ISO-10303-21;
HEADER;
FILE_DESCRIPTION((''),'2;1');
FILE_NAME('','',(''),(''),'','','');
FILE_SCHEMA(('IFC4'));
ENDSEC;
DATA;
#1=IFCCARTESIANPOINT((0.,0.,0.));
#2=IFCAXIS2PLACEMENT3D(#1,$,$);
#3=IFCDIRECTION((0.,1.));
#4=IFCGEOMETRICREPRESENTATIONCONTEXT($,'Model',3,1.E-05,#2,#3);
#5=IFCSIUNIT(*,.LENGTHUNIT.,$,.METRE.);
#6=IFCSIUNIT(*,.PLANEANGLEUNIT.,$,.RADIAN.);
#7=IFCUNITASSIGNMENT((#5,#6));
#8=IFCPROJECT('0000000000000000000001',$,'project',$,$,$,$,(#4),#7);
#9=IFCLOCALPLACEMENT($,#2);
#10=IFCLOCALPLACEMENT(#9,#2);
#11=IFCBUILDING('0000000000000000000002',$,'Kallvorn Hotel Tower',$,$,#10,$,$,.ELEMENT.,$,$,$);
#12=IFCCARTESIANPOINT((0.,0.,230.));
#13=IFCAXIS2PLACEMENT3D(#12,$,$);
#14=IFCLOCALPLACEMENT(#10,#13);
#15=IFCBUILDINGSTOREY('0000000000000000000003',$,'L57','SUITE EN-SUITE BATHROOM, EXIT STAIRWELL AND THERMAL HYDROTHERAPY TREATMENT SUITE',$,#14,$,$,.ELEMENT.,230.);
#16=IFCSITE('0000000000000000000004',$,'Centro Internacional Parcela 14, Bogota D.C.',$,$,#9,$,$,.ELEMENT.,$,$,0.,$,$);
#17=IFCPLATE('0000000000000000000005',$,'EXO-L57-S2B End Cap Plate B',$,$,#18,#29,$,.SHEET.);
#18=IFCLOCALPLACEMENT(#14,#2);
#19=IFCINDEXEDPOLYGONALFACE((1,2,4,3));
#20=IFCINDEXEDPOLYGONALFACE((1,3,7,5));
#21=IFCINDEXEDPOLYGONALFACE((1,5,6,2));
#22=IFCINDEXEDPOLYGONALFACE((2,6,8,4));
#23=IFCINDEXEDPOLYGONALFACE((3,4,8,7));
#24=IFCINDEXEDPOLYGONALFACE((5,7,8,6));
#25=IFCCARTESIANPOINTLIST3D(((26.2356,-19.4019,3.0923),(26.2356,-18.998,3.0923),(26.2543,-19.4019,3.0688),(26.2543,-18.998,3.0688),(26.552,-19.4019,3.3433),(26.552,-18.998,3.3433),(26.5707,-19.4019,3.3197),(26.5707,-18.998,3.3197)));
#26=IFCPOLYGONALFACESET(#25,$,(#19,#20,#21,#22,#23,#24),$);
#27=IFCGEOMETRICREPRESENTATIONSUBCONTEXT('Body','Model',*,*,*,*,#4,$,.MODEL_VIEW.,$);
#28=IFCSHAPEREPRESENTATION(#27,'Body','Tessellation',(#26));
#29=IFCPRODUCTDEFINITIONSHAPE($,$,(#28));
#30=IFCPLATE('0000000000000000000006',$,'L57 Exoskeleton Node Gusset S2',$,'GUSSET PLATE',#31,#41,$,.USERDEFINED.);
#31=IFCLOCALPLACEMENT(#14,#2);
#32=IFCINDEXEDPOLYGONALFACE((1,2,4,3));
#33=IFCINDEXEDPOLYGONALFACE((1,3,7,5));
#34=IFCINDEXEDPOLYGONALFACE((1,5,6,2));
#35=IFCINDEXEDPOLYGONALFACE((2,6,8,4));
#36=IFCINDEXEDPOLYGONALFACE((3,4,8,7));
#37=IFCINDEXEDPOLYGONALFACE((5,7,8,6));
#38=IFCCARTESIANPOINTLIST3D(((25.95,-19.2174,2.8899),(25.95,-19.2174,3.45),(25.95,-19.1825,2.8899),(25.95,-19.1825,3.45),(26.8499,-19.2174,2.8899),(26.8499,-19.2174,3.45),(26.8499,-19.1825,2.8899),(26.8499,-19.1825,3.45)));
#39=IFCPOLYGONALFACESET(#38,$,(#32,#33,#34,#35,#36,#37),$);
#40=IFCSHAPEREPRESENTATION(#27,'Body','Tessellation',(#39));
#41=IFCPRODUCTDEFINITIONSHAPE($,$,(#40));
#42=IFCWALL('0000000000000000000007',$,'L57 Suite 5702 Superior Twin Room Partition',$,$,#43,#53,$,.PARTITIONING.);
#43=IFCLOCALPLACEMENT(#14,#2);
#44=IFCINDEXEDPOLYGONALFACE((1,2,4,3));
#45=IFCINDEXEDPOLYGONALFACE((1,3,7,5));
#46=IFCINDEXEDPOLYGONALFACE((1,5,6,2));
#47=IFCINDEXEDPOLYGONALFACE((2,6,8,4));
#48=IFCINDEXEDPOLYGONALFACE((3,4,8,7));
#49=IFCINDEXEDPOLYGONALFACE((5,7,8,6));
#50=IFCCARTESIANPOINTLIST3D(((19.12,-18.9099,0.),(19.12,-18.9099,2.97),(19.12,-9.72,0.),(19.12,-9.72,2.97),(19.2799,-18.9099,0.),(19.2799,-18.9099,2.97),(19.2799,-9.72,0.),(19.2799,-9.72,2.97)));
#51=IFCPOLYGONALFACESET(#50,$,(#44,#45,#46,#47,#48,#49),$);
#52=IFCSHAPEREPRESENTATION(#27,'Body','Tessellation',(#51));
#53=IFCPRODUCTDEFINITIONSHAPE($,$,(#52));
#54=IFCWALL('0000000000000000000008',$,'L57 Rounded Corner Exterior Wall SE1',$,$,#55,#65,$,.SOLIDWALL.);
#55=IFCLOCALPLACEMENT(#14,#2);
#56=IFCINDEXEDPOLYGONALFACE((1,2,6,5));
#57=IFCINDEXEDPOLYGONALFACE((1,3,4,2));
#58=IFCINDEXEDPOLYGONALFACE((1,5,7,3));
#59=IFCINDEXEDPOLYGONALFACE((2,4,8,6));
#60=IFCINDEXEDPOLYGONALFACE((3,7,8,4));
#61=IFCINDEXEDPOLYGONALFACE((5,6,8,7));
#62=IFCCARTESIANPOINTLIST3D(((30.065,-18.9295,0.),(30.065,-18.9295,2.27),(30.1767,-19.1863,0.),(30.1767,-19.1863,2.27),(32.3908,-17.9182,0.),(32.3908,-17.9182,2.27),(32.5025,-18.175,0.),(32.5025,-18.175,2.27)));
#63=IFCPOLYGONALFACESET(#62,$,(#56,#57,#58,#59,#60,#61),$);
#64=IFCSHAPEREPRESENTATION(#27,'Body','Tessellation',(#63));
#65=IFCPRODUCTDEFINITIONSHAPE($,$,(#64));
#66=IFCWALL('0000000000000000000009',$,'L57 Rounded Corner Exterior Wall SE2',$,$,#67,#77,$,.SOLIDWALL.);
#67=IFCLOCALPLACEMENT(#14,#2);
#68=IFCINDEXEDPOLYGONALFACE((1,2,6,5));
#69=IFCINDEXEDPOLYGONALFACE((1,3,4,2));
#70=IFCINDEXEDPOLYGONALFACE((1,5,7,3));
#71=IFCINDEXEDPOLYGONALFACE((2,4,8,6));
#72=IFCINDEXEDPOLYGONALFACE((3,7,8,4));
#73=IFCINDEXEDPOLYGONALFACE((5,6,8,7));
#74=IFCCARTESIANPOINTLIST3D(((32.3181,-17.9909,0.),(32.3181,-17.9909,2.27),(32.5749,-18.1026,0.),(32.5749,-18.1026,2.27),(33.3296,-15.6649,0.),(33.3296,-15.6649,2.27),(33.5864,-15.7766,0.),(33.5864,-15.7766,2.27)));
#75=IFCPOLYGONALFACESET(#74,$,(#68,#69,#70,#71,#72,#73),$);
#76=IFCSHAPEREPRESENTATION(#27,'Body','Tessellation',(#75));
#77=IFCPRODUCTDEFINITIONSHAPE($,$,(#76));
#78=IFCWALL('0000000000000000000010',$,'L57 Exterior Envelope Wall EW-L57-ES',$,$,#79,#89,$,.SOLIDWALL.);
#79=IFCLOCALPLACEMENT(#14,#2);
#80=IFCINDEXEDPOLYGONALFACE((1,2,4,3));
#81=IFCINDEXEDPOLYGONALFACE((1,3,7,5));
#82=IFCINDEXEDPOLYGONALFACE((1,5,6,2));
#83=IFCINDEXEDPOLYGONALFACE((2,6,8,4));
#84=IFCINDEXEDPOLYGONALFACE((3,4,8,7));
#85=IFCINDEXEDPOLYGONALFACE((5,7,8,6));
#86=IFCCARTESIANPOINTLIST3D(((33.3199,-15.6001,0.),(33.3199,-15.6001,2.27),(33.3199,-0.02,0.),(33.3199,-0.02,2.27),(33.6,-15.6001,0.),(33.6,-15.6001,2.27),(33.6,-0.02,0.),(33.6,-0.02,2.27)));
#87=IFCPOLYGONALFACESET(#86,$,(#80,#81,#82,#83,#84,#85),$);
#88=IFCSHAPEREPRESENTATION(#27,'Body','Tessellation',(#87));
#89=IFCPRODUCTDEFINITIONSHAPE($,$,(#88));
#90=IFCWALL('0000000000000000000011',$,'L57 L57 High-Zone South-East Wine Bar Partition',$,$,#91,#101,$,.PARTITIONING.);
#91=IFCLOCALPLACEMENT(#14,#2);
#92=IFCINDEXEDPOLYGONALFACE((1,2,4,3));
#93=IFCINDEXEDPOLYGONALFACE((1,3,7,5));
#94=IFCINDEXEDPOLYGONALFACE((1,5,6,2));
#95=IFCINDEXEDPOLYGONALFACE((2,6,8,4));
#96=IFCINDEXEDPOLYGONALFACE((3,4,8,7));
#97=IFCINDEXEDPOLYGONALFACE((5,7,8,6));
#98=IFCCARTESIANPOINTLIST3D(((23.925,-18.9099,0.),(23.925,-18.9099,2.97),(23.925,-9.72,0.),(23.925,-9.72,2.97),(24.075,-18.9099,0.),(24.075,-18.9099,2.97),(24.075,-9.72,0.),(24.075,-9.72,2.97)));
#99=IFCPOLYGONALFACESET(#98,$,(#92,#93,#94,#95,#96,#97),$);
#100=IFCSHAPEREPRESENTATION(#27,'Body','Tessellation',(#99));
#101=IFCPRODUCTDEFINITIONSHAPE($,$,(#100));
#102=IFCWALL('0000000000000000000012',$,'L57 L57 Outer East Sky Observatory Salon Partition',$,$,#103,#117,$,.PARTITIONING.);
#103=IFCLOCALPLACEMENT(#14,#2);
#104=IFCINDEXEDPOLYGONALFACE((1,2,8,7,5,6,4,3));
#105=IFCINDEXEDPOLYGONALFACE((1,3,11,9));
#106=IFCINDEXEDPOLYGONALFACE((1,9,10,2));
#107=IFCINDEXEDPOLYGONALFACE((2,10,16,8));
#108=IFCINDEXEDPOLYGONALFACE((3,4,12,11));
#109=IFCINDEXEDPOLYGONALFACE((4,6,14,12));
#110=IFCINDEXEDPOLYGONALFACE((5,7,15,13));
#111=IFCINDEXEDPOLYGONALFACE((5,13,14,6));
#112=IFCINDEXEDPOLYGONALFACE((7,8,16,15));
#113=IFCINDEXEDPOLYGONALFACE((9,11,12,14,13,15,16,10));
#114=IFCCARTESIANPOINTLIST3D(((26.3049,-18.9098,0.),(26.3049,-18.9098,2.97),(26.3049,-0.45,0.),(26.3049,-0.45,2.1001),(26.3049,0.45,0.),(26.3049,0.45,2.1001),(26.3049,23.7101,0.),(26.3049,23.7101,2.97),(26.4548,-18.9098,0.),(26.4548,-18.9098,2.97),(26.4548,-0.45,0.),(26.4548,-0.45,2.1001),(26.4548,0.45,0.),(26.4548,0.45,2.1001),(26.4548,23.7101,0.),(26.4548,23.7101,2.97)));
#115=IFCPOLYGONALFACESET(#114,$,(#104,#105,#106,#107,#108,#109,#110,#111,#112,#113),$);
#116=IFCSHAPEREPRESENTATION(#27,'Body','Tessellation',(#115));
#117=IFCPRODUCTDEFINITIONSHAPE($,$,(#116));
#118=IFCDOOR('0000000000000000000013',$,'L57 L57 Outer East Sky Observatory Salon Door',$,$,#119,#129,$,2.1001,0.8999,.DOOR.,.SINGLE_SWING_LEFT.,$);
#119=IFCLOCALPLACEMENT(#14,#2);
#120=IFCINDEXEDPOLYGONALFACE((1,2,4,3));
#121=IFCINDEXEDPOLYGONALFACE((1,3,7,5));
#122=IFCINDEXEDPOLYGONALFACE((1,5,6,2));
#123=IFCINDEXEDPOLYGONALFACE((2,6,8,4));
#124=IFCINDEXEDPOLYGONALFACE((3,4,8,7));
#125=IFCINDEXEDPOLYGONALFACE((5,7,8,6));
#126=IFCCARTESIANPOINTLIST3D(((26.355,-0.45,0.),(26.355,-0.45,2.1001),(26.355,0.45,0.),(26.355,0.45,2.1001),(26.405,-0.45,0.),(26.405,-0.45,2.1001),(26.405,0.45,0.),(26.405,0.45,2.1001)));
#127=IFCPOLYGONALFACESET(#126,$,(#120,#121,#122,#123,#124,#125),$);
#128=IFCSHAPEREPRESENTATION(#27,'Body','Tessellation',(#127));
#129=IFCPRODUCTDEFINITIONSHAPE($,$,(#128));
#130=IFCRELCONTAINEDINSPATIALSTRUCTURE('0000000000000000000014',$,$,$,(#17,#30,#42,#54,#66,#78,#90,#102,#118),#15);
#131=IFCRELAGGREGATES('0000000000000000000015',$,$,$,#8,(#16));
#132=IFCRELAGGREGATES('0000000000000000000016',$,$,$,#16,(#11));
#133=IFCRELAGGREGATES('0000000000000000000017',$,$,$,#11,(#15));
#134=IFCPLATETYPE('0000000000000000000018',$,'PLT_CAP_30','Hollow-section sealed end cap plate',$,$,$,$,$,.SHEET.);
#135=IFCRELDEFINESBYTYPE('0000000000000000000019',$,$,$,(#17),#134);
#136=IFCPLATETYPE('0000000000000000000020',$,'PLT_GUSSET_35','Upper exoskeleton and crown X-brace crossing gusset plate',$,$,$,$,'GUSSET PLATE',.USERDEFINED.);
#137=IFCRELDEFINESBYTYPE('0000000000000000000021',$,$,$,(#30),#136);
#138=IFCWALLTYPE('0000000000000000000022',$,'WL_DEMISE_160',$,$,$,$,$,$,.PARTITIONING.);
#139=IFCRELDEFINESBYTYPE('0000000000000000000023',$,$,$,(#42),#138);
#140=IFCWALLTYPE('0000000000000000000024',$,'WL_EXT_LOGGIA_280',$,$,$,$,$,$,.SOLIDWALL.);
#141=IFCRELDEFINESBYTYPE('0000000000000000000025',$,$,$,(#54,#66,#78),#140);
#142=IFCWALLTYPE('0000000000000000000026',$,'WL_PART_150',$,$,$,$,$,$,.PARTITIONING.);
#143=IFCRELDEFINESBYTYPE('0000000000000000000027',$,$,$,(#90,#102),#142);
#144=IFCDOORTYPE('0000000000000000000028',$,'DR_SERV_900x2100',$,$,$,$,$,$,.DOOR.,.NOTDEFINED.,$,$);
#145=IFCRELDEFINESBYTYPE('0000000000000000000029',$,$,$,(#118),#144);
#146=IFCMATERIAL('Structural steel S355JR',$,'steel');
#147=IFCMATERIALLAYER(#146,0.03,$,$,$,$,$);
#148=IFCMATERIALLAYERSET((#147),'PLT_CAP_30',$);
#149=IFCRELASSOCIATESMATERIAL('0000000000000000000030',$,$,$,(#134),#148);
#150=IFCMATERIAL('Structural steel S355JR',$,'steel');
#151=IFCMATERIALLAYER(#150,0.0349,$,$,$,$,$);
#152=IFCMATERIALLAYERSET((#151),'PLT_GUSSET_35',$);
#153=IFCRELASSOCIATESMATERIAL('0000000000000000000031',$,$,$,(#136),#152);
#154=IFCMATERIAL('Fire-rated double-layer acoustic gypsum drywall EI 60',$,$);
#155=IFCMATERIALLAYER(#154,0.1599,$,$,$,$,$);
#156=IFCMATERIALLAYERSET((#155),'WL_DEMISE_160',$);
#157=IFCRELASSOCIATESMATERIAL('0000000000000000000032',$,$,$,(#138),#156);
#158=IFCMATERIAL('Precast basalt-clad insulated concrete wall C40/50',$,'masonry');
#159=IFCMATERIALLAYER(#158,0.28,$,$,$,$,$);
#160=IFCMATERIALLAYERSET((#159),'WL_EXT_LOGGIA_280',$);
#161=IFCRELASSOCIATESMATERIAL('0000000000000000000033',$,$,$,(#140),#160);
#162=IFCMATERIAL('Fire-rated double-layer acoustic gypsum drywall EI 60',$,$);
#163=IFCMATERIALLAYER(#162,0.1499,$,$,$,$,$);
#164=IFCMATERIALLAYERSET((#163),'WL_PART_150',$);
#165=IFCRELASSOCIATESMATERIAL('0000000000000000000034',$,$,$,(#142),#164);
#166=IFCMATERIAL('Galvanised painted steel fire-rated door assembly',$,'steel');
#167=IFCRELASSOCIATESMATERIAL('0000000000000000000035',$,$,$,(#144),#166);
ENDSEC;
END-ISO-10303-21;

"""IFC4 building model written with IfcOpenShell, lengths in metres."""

from ifc_helpers import new_model, si_unit, direction, frame, frame_2d, origin, origin_2d, place, context, subcontext, project, spatial, polyline, rectangle, outline, extrude, material, layer, layer_set, type_object, element, fill, save


model = new_model("IFC4")

# Units and contexts
model_context = context("Model", 3, precision=1e-05, world=origin(), true_north=direction((0.0, 1.0)))
body_context = subcontext(model_context, "Body", "Model", "MODEL_VIEW")
ifc_project = project(units=[si_unit("LENGTHUNIT", "METRE"), si_unit("PLANEANGLEUNIT", "RADIAN")], contexts=[model_context])

# Site, building, storey
site_placement = place(None, origin())
site = spatial("IfcSite", under=ifc_project, at=site_placement, Name="Centro Internacional Parcela 14, Bogota D.C.", CompositionType="ELEMENT", RefElevation=0.0)
building_placement = place(site_placement, origin())
building = spatial("IfcBuilding", under=site, at=building_placement, Name="Kallvorn Hotel Tower", CompositionType="ELEMENT")
storey_placement = place(building_placement, frame((0.0, 0.0, 230.0)))
storey = spatial("IfcBuildingStorey", under=building, at=storey_placement, Name="L57", Description="SUITE EN-SUITE BATHROOM, EXIT STAIRWELL AND THERMAL HYDROTHERAPY TREATMENT SUITE", CompositionType="ELEMENT", Elevation=230.0)

# Plates
ifc_material_1 = material(Name="Structural steel S355JR", Category="steel")
ifc_layer_1 = layer(ifc_material_1, 0.03)
ifc_layer_set_1 = layer_set([ifc_layer_1], Name="PLT_CAP_30")
plate_type_1 = type_object("IfcPlateType", Name="PLT_CAP_30", Description="Hollow-section sealed end cap plate", PredefinedType="SHEET", material=ifc_layer_set_1)
plate_1_placement = place(storey_placement, frame((26.2356, -18.998, 3.0923), z_axis=(-0.621446, 0.0, 0.783457), x_axis=(0.0, -1.0, 0.0)))
element("IfcPlate", 1, at=plate_1_placement, inside=storey, type_object=plate_type_1, Name="EXO-L57-S2B End Cap Plate B", PredefinedType="SHEET", context=body_context, shape_type="SweptSolid", body=[
    extrude(outline(polyline([(0.0, 0.0), (0.4038, 0.0), (0.4038, 0.4039), (0.0, 0.4039), (0.0, 0.0)])), origin(), (0.0, 0.0, -1.0), 0.03),
])
ifc_material_2 = material(Name="Structural steel S355JR", Category="steel")
ifc_layer_2 = layer(ifc_material_2, 0.0349)
ifc_layer_set_2 = layer_set([ifc_layer_2], Name="PLT_GUSSET_35")
plate_type_2 = type_object("IfcPlateType", Name="PLT_GUSSET_35", Description="Upper exoskeleton and crown X-brace crossing gusset plate", ElementType="GUSSET PLATE", PredefinedType="USERDEFINED", material=ifc_layer_set_2)
plate_2_placement = place(storey_placement, frame((26.3999, -19.2, 2.8899), z_axis=(0.0, 0.0, 1.0), x_axis=(1.0, 0.0, 0.0)))
element("IfcPlate", 2, at=plate_2_placement, inside=storey, type_object=plate_type_2, Name="L57 Exoskeleton Node Gusset S2", ObjectType="GUSSET PLATE", PredefinedType="USERDEFINED", context=body_context, shape_type="SweptSolid", body=[
    extrude(rectangle(XDim=0.8999, YDim=0.0349, at=origin_2d()), origin(), (0.0, 0.0, 1.0), 0.5601),
])

# Walls
ifc_material_3 = material(Name="Fire-rated double-layer acoustic gypsum drywall EI 60")
ifc_layer_3 = layer(ifc_material_3, 0.1599)
ifc_layer_set_3 = layer_set([ifc_layer_3], Name="WL_DEMISE_160")
wall_type_1 = type_object("IfcWallType", Name="WL_DEMISE_160", PredefinedType="PARTITIONING", material=ifc_layer_set_3)
wall_1_placement = place(storey_placement, frame((19.2, -18.9099, 0.0), z_axis=(0.0, 0.0, 1.0), x_axis=(0.0, 1.0, 0.0)))
element("IfcWall", 3, at=wall_1_placement, inside=storey, type_object=wall_type_1, Name="L57 Suite 5702 Superior Twin Room Partition", PredefinedType="PARTITIONING", context=body_context, shape_type="SweptSolid", body=[
    extrude(rectangle(XDim=9.1899, YDim=0.1599, at=frame_2d((4.595, 0.0))), origin(), (0.0, 0.0, 1.0), 2.97),
])
ifc_material_4 = material(Name="Precast basalt-clad insulated concrete wall C40/50", Category="masonry")
ifc_layer_4 = layer(ifc_material_4, 0.28)
ifc_layer_set_4 = layer_set([ifc_layer_4], Name="WL_EXT_LOGGIA_280")
wall_type_2 = type_object("IfcWallType", Name="WL_EXT_LOGGIA_280", PredefinedType="SOLIDWALL", material=ifc_layer_set_4)
wall_2_placement = place(storey_placement, frame((30.1208, -19.0579, 0.0), z_axis=(0.0, 0.0, 1.0), x_axis=(0.917061, 0.398747, 0.0)))
element("IfcWall", 4, at=wall_2_placement, inside=storey, type_object=wall_type_2, Name="L57 Rounded Corner Exterior Wall SE1", PredefinedType="SOLIDWALL", context=body_context, shape_type="SweptSolid", body=[
    extrude(rectangle(XDim=2.5361, YDim=0.28, at=frame_2d((1.2681, 0.0))), origin(), (0.0, 0.0, 1.0), 2.27),
])
wall_3_placement = place(storey_placement, frame((32.4465, -18.0466, 0.0), z_axis=(0.0, 0.0, 1.0), x_axis=(0.398793, 0.917041, 0.0)))
element("IfcWall", 5, at=wall_3_placement, inside=storey, type_object=wall_type_2, Name="L57 Rounded Corner Exterior Wall SE2", PredefinedType="SOLIDWALL", context=body_context, shape_type="SweptSolid", body=[
    extrude(rectangle(XDim=2.5364, YDim=0.28, at=frame_2d((1.2681, 0.0))), origin(), (0.0, 0.0, 1.0), 2.27),
])
wall_4_placement = place(storey_placement, frame((33.46, -15.6001, 0.0), z_axis=(0.0, 0.0, 1.0), x_axis=(0.0, 1.0, 0.0)))
element("IfcWall", 6, at=wall_4_placement, inside=storey, type_object=wall_type_2, Name="L57 Exterior Envelope Wall EW-L57-ES", PredefinedType="SOLIDWALL", context=body_context, shape_type="SweptSolid", body=[
    extrude(rectangle(XDim=15.5801, YDim=0.28, at=frame_2d((7.79, 0.0))), origin(), (0.0, 0.0, 1.0), 2.27),
])
ifc_material_5 = material(Name="Fire-rated double-layer acoustic gypsum drywall EI 60")
ifc_layer_5 = layer(ifc_material_5, 0.1499)
ifc_layer_set_5 = layer_set([ifc_layer_5], Name="WL_PART_150")
wall_type_3 = type_object("IfcWallType", Name="WL_PART_150", PredefinedType="PARTITIONING", material=ifc_layer_set_5)
wall_5_placement = place(storey_placement, frame((24.0, -18.9099, 0.0), z_axis=(0.0, 0.0, 1.0), x_axis=(0.0, 1.0, 0.0)))
element("IfcWall", 7, at=wall_5_placement, inside=storey, type_object=wall_type_3, Name="L57 L57 High-Zone South-East Wine Bar Partition", PredefinedType="PARTITIONING", context=body_context, shape_type="SweptSolid", body=[
    extrude(rectangle(XDim=9.1899, YDim=0.1499, at=frame_2d((4.595, 0.0))), origin(), (0.0, 0.0, 1.0), 2.97),
])

# Wall, opening, door
wall_6_placement = place(storey_placement, frame((26.3799, -18.9099, 0.0), z_axis=(0.0, 0.0, 1.0), x_axis=(0.0, 1.0, 0.0)))
wall_6 = element("IfcWall", 8, at=wall_6_placement, inside=storey, type_object=wall_type_3, Name="L57 L57 Outer East Sky Observatory Salon Partition", PredefinedType="PARTITIONING", context=body_context, shape_type="SweptSolid", body=[
    extrude(rectangle(XDim=42.6199, YDim=0.1499, at=frame_2d((21.3101, 0.0))), origin(), (0.0, 0.0, 1.0), 2.97),
])
opening_placement = place(wall_6_placement, frame((18.46, 0.0, 0.0)))
opening = element("IfcOpeningElement", 9, at=opening_placement, cuts=wall_6, PredefinedType="OPENING", context=body_context, shape_type="SweptSolid", body=[
    extrude(rectangle(XDim=0.8999, YDim=2.1001, at=frame_2d((0.45, 1.05))), frame((0.0, 0.0898, 0.0), z_axis=(0.0, -1.0, 0.0), x_axis=(1.0, 0.0, 0.0)), (0.0, 0.0, 1.0), 0.1799),
])
ifc_material_6 = material(Name="Galvanised painted steel fire-rated door assembly", Category="steel")
door_type = type_object("IfcDoorType", Name="DR_SERV_900x2100", OperationType="NOTDEFINED", PredefinedType="DOOR", material=ifc_material_6)
door_placement = place(opening_placement, origin())
door = element("IfcDoor", 10, at=door_placement, inside=storey, type_object=door_type, Name="L57 L57 Outer East Sky Observatory Salon Door", OperationType="SINGLE_SWING_LEFT", OverallHeight=2.1001, OverallWidth=0.8999, PredefinedType="DOOR", context=body_context, shape_type="SweptSolid", body=[
    extrude(rectangle(XDim=0.8999, YDim=2.1001, at=frame_2d((0.45, 1.05))), frame((0.0, 0.0249, 0.0), z_axis=(0.0, -1.0, 0.0), x_axis=(1.0, 0.0, 0.0)), (0.0, 0.0, 1.0), 0.05),
])
fill(opening, door)

save(model, "model.ifc")
